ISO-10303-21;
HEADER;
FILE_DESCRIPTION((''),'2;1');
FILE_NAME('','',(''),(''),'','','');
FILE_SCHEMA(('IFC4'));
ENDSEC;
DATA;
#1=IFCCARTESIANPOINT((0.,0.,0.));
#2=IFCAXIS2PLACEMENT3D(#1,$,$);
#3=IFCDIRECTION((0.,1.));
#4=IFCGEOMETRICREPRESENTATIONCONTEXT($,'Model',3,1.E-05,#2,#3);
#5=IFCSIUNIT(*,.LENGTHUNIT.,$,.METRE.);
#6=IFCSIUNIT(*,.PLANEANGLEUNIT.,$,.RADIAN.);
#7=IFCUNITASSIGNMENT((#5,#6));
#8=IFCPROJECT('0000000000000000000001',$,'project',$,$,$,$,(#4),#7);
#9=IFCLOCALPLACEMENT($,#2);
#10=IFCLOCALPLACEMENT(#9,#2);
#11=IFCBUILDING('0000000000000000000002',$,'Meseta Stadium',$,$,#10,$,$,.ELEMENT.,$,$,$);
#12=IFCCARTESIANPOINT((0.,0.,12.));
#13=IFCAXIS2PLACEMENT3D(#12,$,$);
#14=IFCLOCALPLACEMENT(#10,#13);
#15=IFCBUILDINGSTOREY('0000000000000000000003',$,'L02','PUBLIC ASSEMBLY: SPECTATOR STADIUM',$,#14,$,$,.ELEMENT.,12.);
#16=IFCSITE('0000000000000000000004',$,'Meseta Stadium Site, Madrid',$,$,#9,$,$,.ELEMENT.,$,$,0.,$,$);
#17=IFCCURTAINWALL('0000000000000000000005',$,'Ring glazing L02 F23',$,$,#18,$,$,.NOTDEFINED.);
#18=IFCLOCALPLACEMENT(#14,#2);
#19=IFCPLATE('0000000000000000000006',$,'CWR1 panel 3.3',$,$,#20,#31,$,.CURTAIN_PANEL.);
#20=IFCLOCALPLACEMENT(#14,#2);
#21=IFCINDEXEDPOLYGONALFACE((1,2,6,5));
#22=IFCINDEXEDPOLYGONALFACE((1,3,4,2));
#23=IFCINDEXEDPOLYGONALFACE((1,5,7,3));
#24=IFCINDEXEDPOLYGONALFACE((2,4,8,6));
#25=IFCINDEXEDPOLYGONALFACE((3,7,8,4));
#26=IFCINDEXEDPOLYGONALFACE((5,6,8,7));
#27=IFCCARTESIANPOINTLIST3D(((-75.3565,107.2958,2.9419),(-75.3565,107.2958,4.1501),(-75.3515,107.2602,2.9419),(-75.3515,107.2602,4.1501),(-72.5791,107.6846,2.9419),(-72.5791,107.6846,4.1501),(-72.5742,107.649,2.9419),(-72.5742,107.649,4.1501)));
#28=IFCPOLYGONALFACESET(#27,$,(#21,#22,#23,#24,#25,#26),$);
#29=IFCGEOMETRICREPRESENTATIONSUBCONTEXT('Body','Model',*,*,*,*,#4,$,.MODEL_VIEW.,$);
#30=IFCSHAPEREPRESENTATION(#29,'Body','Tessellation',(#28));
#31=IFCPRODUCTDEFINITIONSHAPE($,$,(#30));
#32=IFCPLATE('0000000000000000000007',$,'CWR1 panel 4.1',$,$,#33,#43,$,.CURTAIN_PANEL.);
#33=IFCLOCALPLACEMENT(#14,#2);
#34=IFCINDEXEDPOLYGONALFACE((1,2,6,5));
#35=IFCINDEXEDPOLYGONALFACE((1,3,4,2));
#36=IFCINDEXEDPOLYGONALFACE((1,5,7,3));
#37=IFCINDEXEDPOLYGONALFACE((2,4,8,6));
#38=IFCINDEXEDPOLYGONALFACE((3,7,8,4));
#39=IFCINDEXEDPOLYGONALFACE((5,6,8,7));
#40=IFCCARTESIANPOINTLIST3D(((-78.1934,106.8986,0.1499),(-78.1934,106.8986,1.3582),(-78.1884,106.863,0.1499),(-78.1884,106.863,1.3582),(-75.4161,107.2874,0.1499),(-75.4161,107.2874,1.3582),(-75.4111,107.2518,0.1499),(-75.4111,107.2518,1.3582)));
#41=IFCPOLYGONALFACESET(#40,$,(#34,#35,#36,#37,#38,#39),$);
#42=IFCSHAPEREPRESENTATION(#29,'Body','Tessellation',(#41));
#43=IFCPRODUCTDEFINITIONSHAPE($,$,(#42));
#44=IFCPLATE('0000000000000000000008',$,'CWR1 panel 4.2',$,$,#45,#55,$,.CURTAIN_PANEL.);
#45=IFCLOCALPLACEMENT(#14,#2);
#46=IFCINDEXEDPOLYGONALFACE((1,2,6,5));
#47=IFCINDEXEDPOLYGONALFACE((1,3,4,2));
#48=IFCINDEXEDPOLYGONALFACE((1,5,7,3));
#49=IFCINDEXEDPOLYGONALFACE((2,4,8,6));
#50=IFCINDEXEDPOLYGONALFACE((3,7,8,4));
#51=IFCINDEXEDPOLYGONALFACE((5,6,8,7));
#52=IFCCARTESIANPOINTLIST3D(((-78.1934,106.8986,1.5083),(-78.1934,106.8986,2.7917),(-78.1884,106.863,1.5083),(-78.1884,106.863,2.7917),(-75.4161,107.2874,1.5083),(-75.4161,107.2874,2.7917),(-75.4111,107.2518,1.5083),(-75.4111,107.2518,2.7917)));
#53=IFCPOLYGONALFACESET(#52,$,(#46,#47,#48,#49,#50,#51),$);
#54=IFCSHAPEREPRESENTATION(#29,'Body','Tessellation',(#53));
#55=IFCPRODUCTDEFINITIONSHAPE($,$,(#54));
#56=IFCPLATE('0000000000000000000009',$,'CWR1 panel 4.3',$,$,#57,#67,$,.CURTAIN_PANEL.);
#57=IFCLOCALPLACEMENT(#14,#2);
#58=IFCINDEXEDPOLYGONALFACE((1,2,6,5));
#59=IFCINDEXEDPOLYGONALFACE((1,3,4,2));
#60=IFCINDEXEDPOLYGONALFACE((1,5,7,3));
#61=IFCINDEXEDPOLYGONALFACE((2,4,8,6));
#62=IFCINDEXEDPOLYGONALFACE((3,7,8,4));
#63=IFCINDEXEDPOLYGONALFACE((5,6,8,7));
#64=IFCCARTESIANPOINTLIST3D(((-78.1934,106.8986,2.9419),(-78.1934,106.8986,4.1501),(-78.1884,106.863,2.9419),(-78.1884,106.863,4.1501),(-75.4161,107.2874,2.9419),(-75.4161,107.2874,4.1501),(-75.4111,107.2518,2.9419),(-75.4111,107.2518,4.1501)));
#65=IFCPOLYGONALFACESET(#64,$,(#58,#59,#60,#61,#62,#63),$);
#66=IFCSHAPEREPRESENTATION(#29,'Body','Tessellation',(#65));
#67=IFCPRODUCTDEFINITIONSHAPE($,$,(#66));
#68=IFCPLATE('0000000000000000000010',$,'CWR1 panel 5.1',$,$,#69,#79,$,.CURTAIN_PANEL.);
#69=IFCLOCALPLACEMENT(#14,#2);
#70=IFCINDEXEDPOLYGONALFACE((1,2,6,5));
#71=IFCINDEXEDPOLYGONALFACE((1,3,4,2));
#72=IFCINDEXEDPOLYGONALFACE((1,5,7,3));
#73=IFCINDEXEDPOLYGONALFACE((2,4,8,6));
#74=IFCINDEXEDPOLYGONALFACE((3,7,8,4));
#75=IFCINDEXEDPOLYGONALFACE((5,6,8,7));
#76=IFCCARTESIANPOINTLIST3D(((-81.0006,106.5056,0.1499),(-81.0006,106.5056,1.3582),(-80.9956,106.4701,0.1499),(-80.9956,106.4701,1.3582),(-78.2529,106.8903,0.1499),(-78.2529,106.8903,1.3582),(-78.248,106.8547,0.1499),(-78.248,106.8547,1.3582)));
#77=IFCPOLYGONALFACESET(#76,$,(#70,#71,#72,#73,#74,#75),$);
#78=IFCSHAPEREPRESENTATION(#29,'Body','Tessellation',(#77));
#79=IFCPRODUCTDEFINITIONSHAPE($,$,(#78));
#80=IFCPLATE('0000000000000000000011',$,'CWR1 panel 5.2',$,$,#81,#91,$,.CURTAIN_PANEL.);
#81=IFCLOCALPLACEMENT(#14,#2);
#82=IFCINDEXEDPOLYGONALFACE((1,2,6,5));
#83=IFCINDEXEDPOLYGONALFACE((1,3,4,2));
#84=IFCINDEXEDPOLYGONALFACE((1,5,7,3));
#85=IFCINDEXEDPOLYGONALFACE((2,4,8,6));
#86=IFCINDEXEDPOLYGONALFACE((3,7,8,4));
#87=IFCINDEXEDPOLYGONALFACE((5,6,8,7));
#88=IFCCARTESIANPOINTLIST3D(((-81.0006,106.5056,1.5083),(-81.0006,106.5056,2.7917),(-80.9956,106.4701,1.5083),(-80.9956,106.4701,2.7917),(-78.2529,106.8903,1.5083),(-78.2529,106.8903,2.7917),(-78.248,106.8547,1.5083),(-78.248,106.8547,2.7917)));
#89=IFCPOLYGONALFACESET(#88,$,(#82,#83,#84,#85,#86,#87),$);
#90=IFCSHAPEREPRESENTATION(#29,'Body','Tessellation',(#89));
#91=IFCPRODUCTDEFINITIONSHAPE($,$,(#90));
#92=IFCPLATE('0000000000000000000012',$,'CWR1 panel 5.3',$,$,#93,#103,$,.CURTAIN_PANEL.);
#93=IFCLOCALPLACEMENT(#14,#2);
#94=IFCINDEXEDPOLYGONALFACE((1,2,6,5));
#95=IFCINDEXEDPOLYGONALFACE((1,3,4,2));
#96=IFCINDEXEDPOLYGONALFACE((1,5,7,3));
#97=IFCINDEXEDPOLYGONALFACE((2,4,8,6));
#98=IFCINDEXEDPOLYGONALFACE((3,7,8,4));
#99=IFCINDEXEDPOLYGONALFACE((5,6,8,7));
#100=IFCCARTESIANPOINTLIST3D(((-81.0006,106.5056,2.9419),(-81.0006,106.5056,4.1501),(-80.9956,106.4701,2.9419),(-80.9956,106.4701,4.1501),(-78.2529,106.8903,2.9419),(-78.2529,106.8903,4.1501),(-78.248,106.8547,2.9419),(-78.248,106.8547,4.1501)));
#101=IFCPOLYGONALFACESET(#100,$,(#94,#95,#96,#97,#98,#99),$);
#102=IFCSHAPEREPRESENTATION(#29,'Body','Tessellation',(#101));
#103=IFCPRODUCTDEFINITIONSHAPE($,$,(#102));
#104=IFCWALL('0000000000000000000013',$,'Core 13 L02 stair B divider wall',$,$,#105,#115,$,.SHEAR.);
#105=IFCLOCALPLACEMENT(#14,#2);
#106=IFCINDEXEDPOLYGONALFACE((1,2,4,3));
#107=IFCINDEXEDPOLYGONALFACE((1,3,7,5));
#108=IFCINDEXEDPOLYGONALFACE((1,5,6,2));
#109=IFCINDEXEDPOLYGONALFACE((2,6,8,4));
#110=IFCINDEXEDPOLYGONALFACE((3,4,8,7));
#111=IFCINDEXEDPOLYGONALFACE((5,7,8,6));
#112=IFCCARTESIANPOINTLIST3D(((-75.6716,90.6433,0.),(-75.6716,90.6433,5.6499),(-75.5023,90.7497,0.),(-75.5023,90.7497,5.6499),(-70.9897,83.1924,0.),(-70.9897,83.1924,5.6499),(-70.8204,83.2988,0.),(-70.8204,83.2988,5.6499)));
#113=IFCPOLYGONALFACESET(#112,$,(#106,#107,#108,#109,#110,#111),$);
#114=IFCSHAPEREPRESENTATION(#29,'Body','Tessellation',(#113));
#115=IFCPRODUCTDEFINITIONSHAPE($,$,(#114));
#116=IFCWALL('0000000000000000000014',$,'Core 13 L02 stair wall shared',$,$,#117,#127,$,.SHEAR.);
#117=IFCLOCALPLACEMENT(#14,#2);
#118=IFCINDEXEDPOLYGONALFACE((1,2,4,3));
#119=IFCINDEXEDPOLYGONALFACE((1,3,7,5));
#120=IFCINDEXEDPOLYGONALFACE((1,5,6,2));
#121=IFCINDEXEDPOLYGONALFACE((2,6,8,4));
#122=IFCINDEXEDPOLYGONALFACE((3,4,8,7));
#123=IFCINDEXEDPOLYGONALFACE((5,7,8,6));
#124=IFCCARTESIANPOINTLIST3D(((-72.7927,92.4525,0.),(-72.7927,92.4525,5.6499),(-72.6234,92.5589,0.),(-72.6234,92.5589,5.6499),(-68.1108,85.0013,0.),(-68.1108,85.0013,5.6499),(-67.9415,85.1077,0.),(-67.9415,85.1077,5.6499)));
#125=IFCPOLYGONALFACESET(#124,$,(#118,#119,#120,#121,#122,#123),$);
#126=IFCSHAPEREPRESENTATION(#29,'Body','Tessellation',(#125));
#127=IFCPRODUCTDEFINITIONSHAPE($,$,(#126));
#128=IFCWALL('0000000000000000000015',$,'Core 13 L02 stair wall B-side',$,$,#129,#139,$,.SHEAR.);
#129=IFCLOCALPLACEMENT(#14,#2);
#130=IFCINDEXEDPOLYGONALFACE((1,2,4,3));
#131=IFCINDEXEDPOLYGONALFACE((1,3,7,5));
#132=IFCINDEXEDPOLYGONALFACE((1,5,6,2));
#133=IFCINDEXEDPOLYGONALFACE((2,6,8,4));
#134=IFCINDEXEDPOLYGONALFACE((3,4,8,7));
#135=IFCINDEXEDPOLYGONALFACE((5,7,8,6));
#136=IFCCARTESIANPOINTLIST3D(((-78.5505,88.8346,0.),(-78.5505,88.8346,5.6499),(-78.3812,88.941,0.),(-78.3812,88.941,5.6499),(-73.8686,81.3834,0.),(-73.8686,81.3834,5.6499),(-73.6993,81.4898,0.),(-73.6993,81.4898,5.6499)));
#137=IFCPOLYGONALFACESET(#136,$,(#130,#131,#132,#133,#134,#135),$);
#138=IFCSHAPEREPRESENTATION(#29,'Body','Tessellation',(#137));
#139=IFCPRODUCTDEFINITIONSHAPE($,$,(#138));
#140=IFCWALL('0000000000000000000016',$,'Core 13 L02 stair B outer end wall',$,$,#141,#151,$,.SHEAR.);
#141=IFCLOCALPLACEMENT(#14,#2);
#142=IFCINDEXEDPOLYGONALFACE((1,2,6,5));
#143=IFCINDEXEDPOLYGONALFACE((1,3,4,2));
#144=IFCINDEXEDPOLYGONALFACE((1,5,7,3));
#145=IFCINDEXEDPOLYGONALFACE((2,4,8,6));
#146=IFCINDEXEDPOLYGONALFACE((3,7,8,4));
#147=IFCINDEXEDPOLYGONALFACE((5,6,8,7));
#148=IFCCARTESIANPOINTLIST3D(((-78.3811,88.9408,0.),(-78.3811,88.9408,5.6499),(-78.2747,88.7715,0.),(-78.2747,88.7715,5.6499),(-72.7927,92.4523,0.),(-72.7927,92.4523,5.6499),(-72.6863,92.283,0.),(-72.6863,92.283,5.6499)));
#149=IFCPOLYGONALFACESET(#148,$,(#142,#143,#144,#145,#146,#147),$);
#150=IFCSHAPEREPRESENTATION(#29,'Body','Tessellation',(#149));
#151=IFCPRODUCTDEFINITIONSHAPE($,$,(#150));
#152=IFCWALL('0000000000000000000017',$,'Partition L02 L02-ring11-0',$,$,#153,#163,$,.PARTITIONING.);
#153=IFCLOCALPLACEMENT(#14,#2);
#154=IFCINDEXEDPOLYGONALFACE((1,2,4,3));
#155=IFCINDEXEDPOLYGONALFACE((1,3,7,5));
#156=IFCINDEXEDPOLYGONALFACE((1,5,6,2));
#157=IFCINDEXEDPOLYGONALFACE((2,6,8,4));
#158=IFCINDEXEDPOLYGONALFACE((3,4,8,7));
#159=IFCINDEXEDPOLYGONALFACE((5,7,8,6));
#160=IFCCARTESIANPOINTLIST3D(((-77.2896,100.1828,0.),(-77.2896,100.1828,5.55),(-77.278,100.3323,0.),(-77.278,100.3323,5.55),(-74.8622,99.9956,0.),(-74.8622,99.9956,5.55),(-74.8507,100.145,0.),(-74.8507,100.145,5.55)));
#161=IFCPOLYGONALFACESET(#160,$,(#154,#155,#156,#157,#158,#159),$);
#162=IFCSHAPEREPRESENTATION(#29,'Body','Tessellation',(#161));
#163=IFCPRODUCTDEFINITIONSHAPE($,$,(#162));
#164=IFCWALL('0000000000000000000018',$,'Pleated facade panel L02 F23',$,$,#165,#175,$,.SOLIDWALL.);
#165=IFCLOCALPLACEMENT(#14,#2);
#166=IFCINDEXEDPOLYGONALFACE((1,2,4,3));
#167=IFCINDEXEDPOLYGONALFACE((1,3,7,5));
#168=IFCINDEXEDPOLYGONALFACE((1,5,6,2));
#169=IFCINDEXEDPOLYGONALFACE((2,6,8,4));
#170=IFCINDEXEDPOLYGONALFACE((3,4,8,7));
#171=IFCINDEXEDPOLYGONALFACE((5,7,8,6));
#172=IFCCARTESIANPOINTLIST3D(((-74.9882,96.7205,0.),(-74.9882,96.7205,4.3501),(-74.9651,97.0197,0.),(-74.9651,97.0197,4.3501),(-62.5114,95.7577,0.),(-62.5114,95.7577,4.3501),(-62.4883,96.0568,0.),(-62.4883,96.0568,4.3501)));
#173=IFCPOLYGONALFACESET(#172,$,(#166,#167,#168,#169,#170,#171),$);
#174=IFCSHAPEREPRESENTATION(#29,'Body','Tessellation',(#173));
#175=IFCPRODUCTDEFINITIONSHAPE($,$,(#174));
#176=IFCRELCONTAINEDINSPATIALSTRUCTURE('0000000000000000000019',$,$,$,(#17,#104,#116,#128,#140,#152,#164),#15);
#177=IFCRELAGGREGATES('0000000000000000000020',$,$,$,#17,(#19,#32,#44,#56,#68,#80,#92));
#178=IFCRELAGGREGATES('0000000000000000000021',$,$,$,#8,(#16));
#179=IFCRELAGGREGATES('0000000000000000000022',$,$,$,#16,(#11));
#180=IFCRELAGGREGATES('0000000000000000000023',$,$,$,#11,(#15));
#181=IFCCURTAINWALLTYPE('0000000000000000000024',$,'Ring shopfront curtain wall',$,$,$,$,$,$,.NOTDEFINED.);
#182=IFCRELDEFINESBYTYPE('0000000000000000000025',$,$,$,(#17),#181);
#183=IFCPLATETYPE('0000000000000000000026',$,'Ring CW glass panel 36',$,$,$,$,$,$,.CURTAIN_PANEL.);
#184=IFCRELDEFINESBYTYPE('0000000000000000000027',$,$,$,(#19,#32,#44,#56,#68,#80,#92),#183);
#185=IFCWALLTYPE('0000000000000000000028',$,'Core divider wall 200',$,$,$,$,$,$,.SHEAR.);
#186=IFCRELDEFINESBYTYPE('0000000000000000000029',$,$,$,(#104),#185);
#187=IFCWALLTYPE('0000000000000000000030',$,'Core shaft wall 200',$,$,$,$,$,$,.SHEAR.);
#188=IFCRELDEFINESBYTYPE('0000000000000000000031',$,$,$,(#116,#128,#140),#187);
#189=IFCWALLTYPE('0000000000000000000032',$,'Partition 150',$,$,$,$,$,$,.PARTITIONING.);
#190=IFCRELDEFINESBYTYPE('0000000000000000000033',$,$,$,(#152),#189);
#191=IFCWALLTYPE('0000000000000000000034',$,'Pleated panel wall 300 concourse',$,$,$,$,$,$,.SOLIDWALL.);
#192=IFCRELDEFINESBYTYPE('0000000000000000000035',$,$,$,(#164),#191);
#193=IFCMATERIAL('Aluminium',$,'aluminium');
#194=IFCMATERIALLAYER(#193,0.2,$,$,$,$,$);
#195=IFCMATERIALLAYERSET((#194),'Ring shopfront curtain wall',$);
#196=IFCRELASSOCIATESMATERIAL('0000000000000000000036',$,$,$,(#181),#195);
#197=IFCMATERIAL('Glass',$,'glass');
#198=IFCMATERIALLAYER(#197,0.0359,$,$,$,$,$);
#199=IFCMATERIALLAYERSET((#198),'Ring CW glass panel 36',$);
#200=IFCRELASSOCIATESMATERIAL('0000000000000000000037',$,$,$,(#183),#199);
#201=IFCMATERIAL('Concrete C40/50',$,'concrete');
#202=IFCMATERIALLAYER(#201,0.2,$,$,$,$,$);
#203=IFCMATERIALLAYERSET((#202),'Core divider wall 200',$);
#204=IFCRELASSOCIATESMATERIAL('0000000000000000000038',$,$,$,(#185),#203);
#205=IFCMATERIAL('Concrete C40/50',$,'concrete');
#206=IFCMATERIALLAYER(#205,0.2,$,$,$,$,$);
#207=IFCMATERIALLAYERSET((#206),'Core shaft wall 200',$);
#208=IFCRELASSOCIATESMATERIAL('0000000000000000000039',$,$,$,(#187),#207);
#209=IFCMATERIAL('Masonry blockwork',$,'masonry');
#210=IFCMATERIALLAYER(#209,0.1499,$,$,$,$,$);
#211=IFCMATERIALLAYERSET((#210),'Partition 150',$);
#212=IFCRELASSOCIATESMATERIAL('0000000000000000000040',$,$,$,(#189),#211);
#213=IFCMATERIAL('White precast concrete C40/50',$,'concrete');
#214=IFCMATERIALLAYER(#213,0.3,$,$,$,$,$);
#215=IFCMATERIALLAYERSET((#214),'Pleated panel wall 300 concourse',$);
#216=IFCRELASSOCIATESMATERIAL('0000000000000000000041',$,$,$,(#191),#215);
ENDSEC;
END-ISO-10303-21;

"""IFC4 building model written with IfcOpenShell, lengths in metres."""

from ifc_helpers import new_model, si_unit, direction, frame, frame_2d, origin, origin_2d, place, context, subcontext, project, spatial, rectangle, extrude, material, layer, layer_set, type_object, element, aggregate, save


model = new_model("IFC4")

# Units and contexts
model_context = context("Model", 3, precision=1e-05, world=origin(), true_north=direction((0.0, 1.0)))
body_context = subcontext(model_context, "Body", "Model", "MODEL_VIEW")
ifc_project = project(units=[si_unit("LENGTHUNIT", "METRE"), si_unit("PLANEANGLEUNIT", "RADIAN")], contexts=[model_context])

# Site, building, storey
site_placement = place(None, origin())
site = spatial("IfcSite", under=ifc_project, at=site_placement, Name="Meseta Stadium Site, Madrid", CompositionType="ELEMENT", RefElevation=0.0)
building_placement = place(site_placement, origin())
building = spatial("IfcBuilding", under=site, at=building_placement, Name="Meseta Stadium", CompositionType="ELEMENT")
storey_placement = place(building_placement, frame((0.0, 0.0, 12.0)))
storey = spatial("IfcBuildingStorey", under=building, at=storey_placement, Name="L02", Description="PUBLIC ASSEMBLY: SPECTATOR STADIUM", CompositionType="ELEMENT", Elevation=12.0)

# Curtain wall
ifc_material_1 = material(Name="Aluminium", Category="aluminium")
ifc_layer_1 = layer(ifc_material_1, 0.2)
ifc_layer_set_1 = layer_set([ifc_layer_1], Name="Ring shopfront curtain wall")
curtain_wall_type = type_object("IfcCurtainWallType", Name="Ring shopfront curtain wall", PredefinedType="NOTDEFINED", material=ifc_layer_set_1)
curtain_wall_placement = place(storey_placement, origin())
curtain_wall = element("IfcCurtainWall", 1, at=curtain_wall_placement, inside=storey, type_object=curtain_wall_type, Name="Ring glazing L02 F23", PredefinedType="NOTDEFINED")

# Plates
ifc_material_2 = material(Name="Glass", Category="glass")
ifc_layer_2 = layer(ifc_material_2, 0.0359)
ifc_layer_set_2 = layer_set([ifc_layer_2], Name="Ring CW glass panel 36")
plate_type_1 = type_object("IfcPlateType", Name="Ring CW glass panel 36", PredefinedType="CURTAIN_PANEL", material=ifc_layer_set_2)
plate_1_placement = place(storey_placement, frame((-73.9653, 107.4724, 2.9419), z_axis=(0.0, 0.0, 1.0), x_axis=(-0.990342, -0.138643, 0.0)))
plate_1 = element("IfcPlate", 2, at=plate_1_placement, type_object=plate_type_1, Name="CWR1 panel 3.3", PredefinedType="CURTAIN_PANEL", context=body_context, shape_type="SweptSolid", body=[
    extrude(rectangle(XDim=2.8044, YDim=0.0359, at=origin_2d()), origin(), (0.0, 0.0, 1.0), 1.2083),
])
plate_2_placement = place(storey_placement, frame((-76.8022, 107.0752, 0.1499), z_axis=(0.0, 0.0, 1.0), x_axis=(-0.990342, -0.138643, 0.0)))
plate_2 = element("IfcPlate", 3, at=plate_2_placement, type_object=plate_type_1, Name="CWR1 panel 4.1", PredefinedType="CURTAIN_PANEL", context=body_context, shape_type="SweptSolid", body=[
    extrude(rectangle(XDim=2.8044, YDim=0.0359, at=origin_2d()), origin(), (0.0, 0.0, 1.0), 1.2083),
])
plate_3_placement = place(storey_placement, frame((-76.8022, 107.0752, 1.5083), z_axis=(0.0, 0.0, 1.0), x_axis=(-0.990342, -0.138643, 0.0)))
plate_3 = element("IfcPlate", 4, at=plate_3_placement, type_object=plate_type_1, Name="CWR1 panel 4.2", PredefinedType="CURTAIN_PANEL", context=body_context, shape_type="SweptSolid", body=[
    extrude(rectangle(XDim=2.8044, YDim=0.0359, at=origin_2d()), origin(), (0.0, 0.0, 1.0), 1.2834),
])
plate_4_placement = place(storey_placement, frame((-76.8022, 107.0752, 2.9419), z_axis=(0.0, 0.0, 1.0), x_axis=(-0.990342, -0.138643, 0.0)))
plate_4 = element("IfcPlate", 5, at=plate_4_placement, type_object=plate_type_1, Name="CWR1 panel 4.3", PredefinedType="CURTAIN_PANEL", context=body_context, shape_type="SweptSolid", body=[
    extrude(rectangle(XDim=2.8044, YDim=0.0359, at=origin_2d()), origin(), (0.0, 0.0, 1.0), 1.2083),
])
plate_5_placement = place(storey_placement, frame((-79.6243, 106.6802, 0.1499), z_axis=(0.0, 0.0, 1.0), x_axis=(-0.990342, -0.138643, 0.0)))
plate_5 = element("IfcPlate", 6, at=plate_5_placement, type_object=plate_type_1, Name="CWR1 panel 5.1", PredefinedType="CURTAIN_PANEL", context=body_context, shape_type="SweptSolid", body=[
    extrude(rectangle(XDim=2.7744, YDim=0.0359, at=origin_2d()), origin(), (0.0, 0.0, 1.0), 1.2083),
])
plate_6_placement = place(storey_placement, frame((-79.6243, 106.6802, 1.5083), z_axis=(0.0, 0.0, 1.0), x_axis=(-0.990342, -0.138643, 0.0)))
plate_6 = element("IfcPlate", 7, at=plate_6_placement, type_object=plate_type_1, Name="CWR1 panel 5.2", PredefinedType="CURTAIN_PANEL", context=body_context, shape_type="SweptSolid", body=[
    extrude(rectangle(XDim=2.7744, YDim=0.0359, at=origin_2d()), origin(), (0.0, 0.0, 1.0), 1.2834),
])
plate_7_placement = place(storey_placement, frame((-79.6243, 106.6802, 2.9419), z_axis=(0.0, 0.0, 1.0), x_axis=(-0.990342, -0.138643, 0.0)))
plate_7 = element("IfcPlate", 8, at=plate_7_placement, type_object=plate_type_1, Name="CWR1 panel 5.3", PredefinedType="CURTAIN_PANEL", context=body_context, shape_type="SweptSolid", body=[
    extrude(rectangle(XDim=2.7744, YDim=0.0359, at=origin_2d()), origin(), (0.0, 0.0, 1.0), 1.2083),
])
aggregate(curtain_wall, [plate_1, plate_2, plate_3, plate_4, plate_5, plate_6, plate_7])

# Walls
ifc_material_3 = material(Name="Concrete C40/50", Category="concrete")
ifc_layer_3 = layer(ifc_material_3, 0.2)
ifc_layer_set_3 = layer_set([ifc_layer_3], Name="Core divider wall 200")
wall_type_1 = type_object("IfcWallType", Name="Core divider wall 200", PredefinedType="SHEAR", material=ifc_layer_set_3)
wall_1_placement = place(storey_placement, frame((-75.5869, 90.6965, 0.0), z_axis=(0.0, 0.0, 1.0), x_axis=(0.532045, -0.846716, 0.0)))
element("IfcWall", 9, at=wall_1_placement, inside=storey, type_object=wall_type_1, Name="Core 13 L02 stair B divider wall", PredefinedType="SHEAR", context=body_context, shape_type="SweptSolid", body=[
    extrude(rectangle(XDim=8.7998, YDim=0.2, at=frame_2d((4.3999, 0.0))), origin(), (0.0, 0.0, 1.0), 5.6499),
])
ifc_material_4 = material(Name="Concrete C40/50", Category="concrete")
ifc_layer_4 = layer(ifc_material_4, 0.2)
ifc_layer_set_4 = layer_set([ifc_layer_4], Name="Core shaft wall 200")
wall_type_2 = type_object("IfcWallType", Name="Core shaft wall 200", PredefinedType="SHEAR", material=ifc_layer_set_4)
for number, where, z_axis, x_axis, name in (
    (10, (-72.708, 92.5056, 0.0), (0.0, 0.0, 1.0), (0.532032, -0.846724, 0.0), "Core 13 L02 stair wall shared"),
    (11, (-78.4658, 88.8877, 0.0), (0.0, 0.0, 1.0), (0.532032, -0.846724, 0.0), "Core 13 L02 stair wall B-side"),
):
    element("IfcWall", number, at=place(storey_placement, frame(where, z_axis=z_axis, x_axis=x_axis)), inside=storey, type_object=wall_type_2, Name=name, PredefinedType="SHEAR", context=body_context, shape_type="SweptSolid", body=[
        extrude(rectangle(XDim=8.8, YDim=0.2, at=frame_2d((4.3999, 0.0))), origin(), (0.0, 0.0, 1.0), 5.6499),
    ])
wall_2_placement = place(storey_placement, frame((-72.7395, 92.3677, 0.0), z_axis=(0.0, 0.0, 1.0), x_axis=(-0.84672, -0.532039, 0.0)))
element("IfcWall", 12, at=wall_2_placement, inside=storey, type_object=wall_type_2, Name="Core 13 L02 stair B outer end wall", PredefinedType="SHEAR", context=body_context, shape_type="SweptSolid", body=[
    extrude(rectangle(XDim=6.6001, YDim=0.2, at=frame_2d((3.3, 0.0))), origin(), (0.0, 0.0, 1.0), 5.6499),
])
ifc_material_5 = material(Name="Masonry blockwork", Category="masonry")
ifc_layer_5 = layer(ifc_material_5, 0.1499)
ifc_layer_set_5 = layer_set([ifc_layer_5], Name="Partition 150")
wall_type_3 = type_object("IfcWallType", Name="Partition 150", PredefinedType="PARTITIONING", material=ifc_layer_set_5)
wall_3_placement = place(storey_placement, frame((-74.8564, 100.0703, 0.0), z_axis=(0.0, 0.0, 1.0), x_axis=(-0.997037, 0.076919, 0.0)))
element("IfcWall", 13, at=wall_3_placement, inside=storey, type_object=wall_type_3, Name="Partition L02 L02-ring11-0", PredefinedType="PARTITIONING", context=body_context, shape_type="SweptSolid", body=[
    extrude(rectangle(XDim=2.4346, YDim=0.1499, at=frame_2d((1.2173, 0.0))), origin(), (0.0, 0.0, 1.0), 5.55),
])
ifc_material_6 = material(Name="White precast concrete C40/50", Category="concrete")
ifc_layer_6 = layer(ifc_material_6, 0.3)
ifc_layer_set_6 = layer_set([ifc_layer_6], Name="Pleated panel wall 300 concourse")
wall_type_4 = type_object("IfcWallType", Name="Pleated panel wall 300 concourse", PredefinedType="SOLIDWALL", material=ifc_layer_set_6)
wall_4_placement = place(storey_placement, frame((-74.9766, 96.8701, 0.0), z_axis=(0.0, 0.0, 1.0), x_axis=(0.997035, -0.076946, 0.0)))
element("IfcWall", 14, at=wall_4_placement, inside=storey, type_object=wall_type_4, Name="Pleated facade panel L02 F23", PredefinedType="SOLIDWALL", context=body_context, shape_type="SweptSolid", body=[
    extrude(rectangle(XDim=12.5139, YDim=0.3, at=frame_2d((6.2568, 0.0))), origin(), (0.0, 0.0, 1.0), 4.3501),
])

save(model, "model.ifc")
